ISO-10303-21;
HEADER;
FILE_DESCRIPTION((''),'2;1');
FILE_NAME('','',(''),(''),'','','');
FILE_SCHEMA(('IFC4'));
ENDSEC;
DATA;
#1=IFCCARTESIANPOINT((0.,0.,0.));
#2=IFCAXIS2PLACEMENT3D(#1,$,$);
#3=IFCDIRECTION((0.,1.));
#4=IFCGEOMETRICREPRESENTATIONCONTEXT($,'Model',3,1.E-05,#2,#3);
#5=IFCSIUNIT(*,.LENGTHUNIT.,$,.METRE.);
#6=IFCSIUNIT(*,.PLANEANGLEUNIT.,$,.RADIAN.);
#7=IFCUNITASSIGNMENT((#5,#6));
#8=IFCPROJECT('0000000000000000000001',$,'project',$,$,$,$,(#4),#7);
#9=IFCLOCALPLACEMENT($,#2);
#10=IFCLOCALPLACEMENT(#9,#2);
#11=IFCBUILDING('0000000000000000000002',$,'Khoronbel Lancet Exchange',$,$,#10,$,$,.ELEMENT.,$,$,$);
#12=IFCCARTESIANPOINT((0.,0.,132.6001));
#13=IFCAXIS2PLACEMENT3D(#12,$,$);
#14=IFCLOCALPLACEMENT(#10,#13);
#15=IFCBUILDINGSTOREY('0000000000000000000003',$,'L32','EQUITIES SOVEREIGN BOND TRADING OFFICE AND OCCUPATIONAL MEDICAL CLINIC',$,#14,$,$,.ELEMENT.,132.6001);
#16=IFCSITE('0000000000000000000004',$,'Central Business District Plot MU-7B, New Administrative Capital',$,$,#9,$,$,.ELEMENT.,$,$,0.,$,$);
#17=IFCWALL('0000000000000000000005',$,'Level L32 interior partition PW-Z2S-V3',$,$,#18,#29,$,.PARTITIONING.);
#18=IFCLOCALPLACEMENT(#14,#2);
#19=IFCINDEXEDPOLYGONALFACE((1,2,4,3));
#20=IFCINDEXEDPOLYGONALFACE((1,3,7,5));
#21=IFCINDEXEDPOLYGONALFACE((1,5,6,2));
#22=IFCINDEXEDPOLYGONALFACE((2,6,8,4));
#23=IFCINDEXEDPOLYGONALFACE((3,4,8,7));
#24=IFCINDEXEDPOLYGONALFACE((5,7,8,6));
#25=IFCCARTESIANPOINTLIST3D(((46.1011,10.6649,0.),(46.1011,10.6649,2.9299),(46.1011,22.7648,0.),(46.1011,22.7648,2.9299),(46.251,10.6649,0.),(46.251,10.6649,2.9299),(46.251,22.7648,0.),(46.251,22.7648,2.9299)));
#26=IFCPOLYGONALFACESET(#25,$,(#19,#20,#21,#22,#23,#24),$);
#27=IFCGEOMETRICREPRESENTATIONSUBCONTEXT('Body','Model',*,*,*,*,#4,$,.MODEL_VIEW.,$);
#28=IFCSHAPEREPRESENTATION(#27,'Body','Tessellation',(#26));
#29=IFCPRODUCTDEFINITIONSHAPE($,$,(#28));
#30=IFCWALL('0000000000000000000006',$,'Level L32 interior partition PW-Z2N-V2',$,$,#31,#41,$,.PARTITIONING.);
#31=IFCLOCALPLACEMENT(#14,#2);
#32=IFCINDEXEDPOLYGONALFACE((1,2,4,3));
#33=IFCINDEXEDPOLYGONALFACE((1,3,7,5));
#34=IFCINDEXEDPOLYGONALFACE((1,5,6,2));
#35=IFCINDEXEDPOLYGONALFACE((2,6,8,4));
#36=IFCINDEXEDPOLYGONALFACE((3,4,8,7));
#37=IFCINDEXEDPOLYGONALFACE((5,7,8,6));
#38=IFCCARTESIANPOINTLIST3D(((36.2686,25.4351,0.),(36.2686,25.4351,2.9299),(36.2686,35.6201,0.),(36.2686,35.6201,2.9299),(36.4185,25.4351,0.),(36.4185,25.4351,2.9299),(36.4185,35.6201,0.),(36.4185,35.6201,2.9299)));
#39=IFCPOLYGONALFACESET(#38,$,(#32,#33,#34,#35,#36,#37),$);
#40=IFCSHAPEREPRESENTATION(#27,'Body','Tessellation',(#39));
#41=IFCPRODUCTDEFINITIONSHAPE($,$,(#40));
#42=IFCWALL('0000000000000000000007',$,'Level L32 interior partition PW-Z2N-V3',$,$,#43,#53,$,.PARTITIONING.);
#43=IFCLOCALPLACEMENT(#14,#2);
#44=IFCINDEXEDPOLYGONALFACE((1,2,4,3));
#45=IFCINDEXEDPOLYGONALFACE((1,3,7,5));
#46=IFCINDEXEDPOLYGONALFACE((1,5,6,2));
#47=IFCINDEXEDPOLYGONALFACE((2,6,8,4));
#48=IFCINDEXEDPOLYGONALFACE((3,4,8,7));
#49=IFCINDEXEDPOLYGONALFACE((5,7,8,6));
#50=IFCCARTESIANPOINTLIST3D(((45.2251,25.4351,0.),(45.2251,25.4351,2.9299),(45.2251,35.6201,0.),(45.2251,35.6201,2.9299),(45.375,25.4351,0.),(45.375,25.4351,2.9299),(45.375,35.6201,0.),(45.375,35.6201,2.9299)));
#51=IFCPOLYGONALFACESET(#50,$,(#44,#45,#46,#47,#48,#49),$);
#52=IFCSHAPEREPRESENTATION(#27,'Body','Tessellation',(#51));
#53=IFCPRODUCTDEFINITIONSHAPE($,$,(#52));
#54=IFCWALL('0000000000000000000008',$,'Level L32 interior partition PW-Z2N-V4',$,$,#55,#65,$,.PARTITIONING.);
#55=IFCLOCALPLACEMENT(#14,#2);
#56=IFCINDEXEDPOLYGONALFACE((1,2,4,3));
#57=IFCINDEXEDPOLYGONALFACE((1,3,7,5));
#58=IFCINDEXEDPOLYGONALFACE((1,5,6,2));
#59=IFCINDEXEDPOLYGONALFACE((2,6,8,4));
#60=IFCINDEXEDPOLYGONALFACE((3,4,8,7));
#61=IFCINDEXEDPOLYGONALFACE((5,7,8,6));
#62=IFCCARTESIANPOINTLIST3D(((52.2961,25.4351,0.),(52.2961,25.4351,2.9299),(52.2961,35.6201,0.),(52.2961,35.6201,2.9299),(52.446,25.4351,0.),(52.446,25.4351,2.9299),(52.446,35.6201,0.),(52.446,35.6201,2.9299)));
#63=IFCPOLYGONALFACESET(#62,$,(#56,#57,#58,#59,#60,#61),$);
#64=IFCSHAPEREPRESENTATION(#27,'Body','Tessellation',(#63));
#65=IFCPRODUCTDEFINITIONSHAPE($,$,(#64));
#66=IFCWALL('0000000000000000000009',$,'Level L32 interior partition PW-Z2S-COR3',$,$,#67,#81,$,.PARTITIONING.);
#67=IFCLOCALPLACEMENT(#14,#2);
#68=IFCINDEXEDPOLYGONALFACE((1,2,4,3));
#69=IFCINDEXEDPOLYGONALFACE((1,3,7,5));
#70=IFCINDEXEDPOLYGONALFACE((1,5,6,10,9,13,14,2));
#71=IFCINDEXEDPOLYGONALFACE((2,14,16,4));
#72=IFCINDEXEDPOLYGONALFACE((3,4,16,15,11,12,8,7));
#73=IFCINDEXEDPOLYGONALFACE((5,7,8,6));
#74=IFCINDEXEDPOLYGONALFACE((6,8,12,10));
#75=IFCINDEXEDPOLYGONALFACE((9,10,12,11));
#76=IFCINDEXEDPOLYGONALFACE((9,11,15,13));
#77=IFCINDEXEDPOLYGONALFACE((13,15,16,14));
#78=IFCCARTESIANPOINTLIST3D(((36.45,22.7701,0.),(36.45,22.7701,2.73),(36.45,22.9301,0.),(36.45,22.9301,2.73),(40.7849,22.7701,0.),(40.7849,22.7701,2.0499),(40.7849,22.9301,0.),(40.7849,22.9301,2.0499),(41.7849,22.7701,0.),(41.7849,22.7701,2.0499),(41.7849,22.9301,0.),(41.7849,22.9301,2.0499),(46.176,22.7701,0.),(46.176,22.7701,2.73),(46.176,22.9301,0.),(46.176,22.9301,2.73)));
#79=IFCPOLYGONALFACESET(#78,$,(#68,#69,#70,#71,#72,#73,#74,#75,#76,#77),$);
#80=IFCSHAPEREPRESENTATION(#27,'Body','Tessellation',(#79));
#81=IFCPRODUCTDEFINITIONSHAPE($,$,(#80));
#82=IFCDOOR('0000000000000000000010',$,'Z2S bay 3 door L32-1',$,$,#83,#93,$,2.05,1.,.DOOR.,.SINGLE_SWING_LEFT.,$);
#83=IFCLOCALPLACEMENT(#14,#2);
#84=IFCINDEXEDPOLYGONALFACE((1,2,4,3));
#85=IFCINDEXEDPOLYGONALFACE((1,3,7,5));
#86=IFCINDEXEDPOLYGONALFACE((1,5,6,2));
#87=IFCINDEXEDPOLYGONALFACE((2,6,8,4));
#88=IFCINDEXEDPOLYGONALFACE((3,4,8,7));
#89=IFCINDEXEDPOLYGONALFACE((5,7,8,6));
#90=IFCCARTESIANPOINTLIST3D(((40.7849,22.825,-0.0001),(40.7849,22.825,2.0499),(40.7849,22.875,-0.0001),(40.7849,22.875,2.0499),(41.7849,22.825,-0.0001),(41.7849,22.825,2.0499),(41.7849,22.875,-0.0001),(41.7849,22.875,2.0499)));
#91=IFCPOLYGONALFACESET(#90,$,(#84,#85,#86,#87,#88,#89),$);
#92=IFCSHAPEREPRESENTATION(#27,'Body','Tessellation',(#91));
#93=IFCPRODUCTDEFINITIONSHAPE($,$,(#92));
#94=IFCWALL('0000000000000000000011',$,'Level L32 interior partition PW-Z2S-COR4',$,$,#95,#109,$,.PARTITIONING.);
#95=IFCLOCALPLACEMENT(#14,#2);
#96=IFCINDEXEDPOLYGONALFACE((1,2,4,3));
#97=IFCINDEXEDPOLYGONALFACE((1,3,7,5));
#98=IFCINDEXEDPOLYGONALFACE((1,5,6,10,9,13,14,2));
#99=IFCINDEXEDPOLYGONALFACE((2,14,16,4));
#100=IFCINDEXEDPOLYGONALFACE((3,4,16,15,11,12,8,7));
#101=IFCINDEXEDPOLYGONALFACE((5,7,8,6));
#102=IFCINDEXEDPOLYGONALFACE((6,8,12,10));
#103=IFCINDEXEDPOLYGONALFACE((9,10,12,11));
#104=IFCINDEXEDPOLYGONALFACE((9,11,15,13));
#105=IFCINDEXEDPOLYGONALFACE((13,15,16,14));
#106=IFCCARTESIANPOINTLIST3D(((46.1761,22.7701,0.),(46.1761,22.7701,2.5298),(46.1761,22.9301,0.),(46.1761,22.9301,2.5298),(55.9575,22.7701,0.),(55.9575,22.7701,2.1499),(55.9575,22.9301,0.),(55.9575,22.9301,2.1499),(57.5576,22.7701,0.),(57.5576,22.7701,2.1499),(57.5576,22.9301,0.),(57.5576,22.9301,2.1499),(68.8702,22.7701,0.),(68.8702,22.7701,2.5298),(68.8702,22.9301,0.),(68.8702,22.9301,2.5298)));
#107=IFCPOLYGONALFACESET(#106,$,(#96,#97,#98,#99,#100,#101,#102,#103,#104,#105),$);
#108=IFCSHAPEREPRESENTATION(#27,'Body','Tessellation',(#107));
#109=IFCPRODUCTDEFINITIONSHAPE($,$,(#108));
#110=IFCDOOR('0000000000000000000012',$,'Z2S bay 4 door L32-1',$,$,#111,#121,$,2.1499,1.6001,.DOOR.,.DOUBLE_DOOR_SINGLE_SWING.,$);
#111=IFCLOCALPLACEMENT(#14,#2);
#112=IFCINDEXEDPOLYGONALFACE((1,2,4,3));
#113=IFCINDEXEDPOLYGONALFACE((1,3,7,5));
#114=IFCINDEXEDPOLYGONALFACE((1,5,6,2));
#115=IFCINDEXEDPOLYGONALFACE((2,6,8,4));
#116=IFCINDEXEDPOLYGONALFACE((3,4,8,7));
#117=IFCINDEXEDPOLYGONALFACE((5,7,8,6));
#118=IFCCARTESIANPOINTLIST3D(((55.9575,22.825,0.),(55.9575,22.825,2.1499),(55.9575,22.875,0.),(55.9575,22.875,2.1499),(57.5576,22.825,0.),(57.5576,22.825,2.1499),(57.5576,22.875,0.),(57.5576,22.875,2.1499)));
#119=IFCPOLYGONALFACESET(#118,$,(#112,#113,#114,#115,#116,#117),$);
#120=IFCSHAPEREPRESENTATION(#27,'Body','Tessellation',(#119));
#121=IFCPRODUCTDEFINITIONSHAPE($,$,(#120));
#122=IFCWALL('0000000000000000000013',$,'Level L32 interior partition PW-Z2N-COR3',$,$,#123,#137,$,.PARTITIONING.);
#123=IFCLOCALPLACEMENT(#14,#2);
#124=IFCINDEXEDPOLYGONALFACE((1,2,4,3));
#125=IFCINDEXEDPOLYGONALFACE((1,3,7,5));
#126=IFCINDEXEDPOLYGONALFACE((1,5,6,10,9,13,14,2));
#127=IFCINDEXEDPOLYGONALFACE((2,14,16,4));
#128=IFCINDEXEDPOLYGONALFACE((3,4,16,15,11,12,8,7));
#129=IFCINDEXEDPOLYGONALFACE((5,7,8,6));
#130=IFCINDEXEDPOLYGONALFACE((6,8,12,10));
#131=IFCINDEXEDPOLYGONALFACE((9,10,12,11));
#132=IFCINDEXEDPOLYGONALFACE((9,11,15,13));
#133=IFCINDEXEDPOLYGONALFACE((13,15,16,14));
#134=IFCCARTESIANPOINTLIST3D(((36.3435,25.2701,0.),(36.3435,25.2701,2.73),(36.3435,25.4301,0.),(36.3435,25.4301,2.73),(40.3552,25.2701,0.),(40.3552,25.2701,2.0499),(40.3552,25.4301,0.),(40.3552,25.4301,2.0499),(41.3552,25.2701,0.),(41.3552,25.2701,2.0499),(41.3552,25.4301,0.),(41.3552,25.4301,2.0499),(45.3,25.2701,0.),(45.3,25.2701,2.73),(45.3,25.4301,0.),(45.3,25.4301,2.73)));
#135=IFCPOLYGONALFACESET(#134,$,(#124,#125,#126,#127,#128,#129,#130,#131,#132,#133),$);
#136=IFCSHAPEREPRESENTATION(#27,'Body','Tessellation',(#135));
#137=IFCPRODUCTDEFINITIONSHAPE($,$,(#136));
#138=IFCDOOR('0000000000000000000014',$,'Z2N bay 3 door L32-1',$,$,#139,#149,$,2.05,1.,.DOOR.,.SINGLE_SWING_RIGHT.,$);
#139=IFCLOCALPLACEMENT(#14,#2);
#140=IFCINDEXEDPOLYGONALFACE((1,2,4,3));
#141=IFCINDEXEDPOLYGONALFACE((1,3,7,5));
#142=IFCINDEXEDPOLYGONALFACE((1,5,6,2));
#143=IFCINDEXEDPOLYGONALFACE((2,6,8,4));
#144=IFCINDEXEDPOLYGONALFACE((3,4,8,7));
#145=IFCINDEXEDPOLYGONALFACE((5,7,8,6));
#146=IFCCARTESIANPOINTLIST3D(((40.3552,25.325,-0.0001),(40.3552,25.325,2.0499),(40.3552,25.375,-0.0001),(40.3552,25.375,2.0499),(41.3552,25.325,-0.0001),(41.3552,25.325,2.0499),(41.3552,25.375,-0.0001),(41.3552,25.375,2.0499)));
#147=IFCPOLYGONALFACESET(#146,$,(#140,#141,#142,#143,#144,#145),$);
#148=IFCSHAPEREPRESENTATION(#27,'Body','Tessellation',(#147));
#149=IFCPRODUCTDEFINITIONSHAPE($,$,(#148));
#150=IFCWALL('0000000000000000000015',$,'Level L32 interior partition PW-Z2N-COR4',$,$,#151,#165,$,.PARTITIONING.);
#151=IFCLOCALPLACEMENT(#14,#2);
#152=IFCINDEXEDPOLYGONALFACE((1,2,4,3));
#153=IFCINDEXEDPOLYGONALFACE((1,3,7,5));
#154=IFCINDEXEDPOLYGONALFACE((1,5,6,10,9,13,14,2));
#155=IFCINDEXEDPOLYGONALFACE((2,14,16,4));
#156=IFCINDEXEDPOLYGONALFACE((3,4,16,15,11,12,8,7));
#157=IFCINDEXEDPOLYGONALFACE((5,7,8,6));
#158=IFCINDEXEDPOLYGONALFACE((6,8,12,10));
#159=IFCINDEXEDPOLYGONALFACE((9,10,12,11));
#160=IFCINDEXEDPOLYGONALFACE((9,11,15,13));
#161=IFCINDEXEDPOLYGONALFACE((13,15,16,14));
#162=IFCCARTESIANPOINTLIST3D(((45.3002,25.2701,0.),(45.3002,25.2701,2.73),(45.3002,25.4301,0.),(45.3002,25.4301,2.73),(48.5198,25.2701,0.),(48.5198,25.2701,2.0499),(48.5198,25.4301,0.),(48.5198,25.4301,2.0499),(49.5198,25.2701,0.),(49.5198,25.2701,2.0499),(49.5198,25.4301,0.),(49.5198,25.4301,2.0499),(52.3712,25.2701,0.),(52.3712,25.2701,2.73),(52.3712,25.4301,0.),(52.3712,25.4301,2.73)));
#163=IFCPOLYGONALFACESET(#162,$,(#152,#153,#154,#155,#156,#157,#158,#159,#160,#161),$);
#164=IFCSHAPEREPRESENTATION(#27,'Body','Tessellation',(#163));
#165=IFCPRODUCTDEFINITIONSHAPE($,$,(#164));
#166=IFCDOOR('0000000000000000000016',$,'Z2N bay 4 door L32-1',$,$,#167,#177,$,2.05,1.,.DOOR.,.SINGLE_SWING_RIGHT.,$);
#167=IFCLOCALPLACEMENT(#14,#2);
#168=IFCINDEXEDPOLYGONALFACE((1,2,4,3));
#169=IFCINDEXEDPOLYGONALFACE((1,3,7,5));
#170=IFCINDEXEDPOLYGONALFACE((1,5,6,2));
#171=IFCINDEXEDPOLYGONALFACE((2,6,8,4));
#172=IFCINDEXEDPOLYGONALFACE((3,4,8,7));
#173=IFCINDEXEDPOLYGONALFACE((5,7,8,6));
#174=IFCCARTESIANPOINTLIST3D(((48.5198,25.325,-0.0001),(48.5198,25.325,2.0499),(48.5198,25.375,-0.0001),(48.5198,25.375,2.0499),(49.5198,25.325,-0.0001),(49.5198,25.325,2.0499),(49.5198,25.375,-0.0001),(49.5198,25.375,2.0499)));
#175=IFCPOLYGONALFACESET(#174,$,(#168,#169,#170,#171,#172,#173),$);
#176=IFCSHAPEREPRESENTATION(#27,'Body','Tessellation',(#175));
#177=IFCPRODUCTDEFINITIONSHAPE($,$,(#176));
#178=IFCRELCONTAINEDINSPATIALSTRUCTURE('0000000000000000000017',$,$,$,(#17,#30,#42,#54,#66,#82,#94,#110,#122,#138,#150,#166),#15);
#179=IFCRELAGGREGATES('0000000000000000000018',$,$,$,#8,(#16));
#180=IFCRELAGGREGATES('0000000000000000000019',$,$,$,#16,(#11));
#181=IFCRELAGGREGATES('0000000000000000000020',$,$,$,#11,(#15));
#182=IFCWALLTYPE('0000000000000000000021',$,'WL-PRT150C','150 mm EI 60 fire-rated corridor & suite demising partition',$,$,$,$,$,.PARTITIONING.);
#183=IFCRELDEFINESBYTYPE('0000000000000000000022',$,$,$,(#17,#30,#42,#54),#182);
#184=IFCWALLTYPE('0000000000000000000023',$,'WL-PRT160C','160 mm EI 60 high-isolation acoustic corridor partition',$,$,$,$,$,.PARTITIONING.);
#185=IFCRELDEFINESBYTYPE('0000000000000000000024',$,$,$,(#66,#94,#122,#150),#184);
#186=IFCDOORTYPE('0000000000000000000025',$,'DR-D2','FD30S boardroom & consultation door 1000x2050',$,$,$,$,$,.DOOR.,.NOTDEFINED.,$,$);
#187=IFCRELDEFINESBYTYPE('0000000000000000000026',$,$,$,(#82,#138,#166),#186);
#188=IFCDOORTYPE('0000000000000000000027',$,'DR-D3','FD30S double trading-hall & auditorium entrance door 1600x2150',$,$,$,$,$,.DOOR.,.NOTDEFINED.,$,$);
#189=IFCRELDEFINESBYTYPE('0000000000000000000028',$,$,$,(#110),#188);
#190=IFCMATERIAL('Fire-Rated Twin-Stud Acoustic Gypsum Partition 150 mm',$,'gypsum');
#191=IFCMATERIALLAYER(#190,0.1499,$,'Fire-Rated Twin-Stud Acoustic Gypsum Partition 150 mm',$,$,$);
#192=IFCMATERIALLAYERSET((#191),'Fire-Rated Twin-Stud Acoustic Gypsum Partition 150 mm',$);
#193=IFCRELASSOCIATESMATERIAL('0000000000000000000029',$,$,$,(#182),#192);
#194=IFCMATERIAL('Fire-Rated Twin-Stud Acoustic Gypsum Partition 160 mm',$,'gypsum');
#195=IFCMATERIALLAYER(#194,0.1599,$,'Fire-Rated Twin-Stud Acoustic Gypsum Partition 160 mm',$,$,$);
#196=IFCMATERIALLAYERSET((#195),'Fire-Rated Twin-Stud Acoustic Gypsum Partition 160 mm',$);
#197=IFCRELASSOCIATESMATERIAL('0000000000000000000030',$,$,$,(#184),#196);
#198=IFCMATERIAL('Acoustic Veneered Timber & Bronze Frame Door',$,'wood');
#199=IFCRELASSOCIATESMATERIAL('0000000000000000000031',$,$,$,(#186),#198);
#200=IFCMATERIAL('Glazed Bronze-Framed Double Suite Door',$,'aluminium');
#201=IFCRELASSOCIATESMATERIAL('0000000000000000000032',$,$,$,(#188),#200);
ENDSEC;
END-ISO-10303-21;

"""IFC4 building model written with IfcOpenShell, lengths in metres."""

from ifc_helpers import new_model, si_unit, direction, frame, frame_2d, origin, place, context, subcontext, project, spatial, rectangle, extrude, material, layer, layer_set, type_object, element, fill, save


model = new_model("IFC4")

# Units and contexts
model_context = context("Model", 3, precision=1e-05, world=origin(), true_north=direction((0.0, 1.0)))
body_context = subcontext(model_context, "Body", "Model", "MODEL_VIEW")
ifc_project = project(units=[si_unit("LENGTHUNIT", "METRE"), si_unit("PLANEANGLEUNIT", "RADIAN")], contexts=[model_context])

# Site, building, storey
site_placement = place(None, origin())
site = spatial("IfcSite", under=ifc_project, at=site_placement, Name="Central Business District Plot MU-7B, New Administrative Capital", CompositionType="ELEMENT", RefElevation=0.0)
building_placement = place(site_placement, origin())
building = spatial("IfcBuilding", under=site, at=building_placement, Name="Khoronbel Lancet Exchange", CompositionType="ELEMENT")
storey_placement = place(building_placement, frame((0.0, 0.0, 132.6001)))
storey = spatial("IfcBuildingStorey", under=building, at=storey_placement, Name="L32", Description="EQUITIES SOVEREIGN BOND TRADING OFFICE AND OCCUPATIONAL MEDICAL CLINIC", CompositionType="ELEMENT", Elevation=132.6001)

# Walls
ifc_material_1 = material(Name="Fire-Rated Twin-Stud Acoustic Gypsum Partition 150 mm", Category="gypsum")
ifc_layer_1 = layer(ifc_material_1, 0.1499, Name="Fire-Rated Twin-Stud Acoustic Gypsum Partition 150 mm")
ifc_layer_set_1 = layer_set([ifc_layer_1], Name="Fire-Rated Twin-Stud Acoustic Gypsum Partition 150 mm")
wall_type_1 = type_object("IfcWallType", Name="WL-PRT150C", Description="150 mm EI 60 fire-rated corridor & suite demising partition", PredefinedType="PARTITIONING", material=ifc_layer_set_1)
wall_1_placement = place(storey_placement, frame((46.176, 10.665, 0.0), z_axis=(0.0, 0.0, 1.0), x_axis=(0.0, 1.0, 0.0)))
element("IfcWall", 1, at=wall_1_placement, inside=storey, type_object=wall_type_1, Name="Level L32 interior partition PW-Z2S-V3", PredefinedType="PARTITIONING", context=body_context, shape_type="SweptSolid", body=[
    extrude(rectangle(XDim=12.0999, YDim=0.1499, at=frame_2d((6.0498, 0.0))), origin(), (0.0, 0.0, 1.0), 2.9299),
])
for number, where, z_axis, x_axis, name in (
    (2, (36.3435, 25.4351, 0.0), (0.0, 0.0, 1.0), (0.0, 1.0, 0.0), "Level L32 interior partition PW-Z2N-V2"),
    (3, (45.3, 25.4351, 0.0), (0.0, 0.0, 1.0), (0.0, 1.0, 0.0), "Level L32 interior partition PW-Z2N-V3"),
    (4, (52.3711, 25.4351, 0.0), (0.0, 0.0, 1.0), (0.0, 1.0, 0.0), "Level L32 interior partition PW-Z2N-V4"),
):
    element("IfcWall", number, at=place(storey_placement, frame(where, z_axis=z_axis, x_axis=x_axis)), inside=storey, type_object=wall_type_1, Name=name, PredefinedType="PARTITIONING", context=body_context, shape_type="SweptSolid", body=[
        extrude(rectangle(XDim=10.1851, YDim=0.1499, at=frame_2d((5.0925, 0.0))), origin(), (0.0, 0.0, 1.0), 2.9299),
    ])

# Walls, openings, doors
ifc_material_2 = material(Name="Fire-Rated Twin-Stud Acoustic Gypsum Partition 160 mm", Category="gypsum")
ifc_layer_2 = layer(ifc_material_2, 0.1599, Name="Fire-Rated Twin-Stud Acoustic Gypsum Partition 160 mm")
ifc_layer_set_2 = layer_set([ifc_layer_2], Name="Fire-Rated Twin-Stud Acoustic Gypsum Partition 160 mm")
wall_type_2 = type_object("IfcWallType", Name="WL-PRT160C", Description="160 mm EI 60 high-isolation acoustic corridor partition", PredefinedType="PARTITIONING", material=ifc_layer_set_2)
wall_2_placement = place(storey_placement, frame((36.45, 22.8501, 0.0), z_axis=(0.0, 0.0, 1.0), x_axis=(1.0, 0.0, 0.0)))
wall_2 = element("IfcWall", 5, at=wall_2_placement, inside=storey, type_object=wall_type_2, Name="Level L32 interior partition PW-Z2S-COR3", PredefinedType="PARTITIONING", context=body_context, shape_type="SweptSolid", body=[
    extrude(rectangle(XDim=9.7261, YDim=0.1599, at=frame_2d((4.863, 0.0))), origin(), (0.0, 0.0, 1.0), 2.73),
])
opening_1_placement = place(wall_2_placement, frame((4.335, 0.0, 0.0)))
opening_1 = element("IfcOpeningElement", 6, at=opening_1_placement, cuts=wall_2, PredefinedType="OPENING", context=body_context, shape_type="SweptSolid", body=[
    extrude(rectangle(XDim=1.0, YDim=2.05, at=frame_2d((0.5, 1.0249))), frame((0.0, 0.0898, 0.0), z_axis=(0.0, -1.0, 0.0), x_axis=(1.0, 0.0, 0.0)), (0.0, 0.0, 1.0), 0.1799),
])
ifc_material_3 = material(Name="Acoustic Veneered Timber & Bronze Frame Door", Category="wood")
door_type_1 = type_object("IfcDoorType", Name="DR-D2", Description="FD30S boardroom & consultation door 1000x2050", OperationType="NOTDEFINED", PredefinedType="DOOR", material=ifc_material_3)
door_1_placement = place(opening_1_placement, origin())
door_1 = element("IfcDoor", 7, at=door_1_placement, inside=storey, type_object=door_type_1, Name="Z2S bay 3 door L32-1", OperationType="SINGLE_SWING_LEFT", OverallHeight=2.05, OverallWidth=1.0, PredefinedType="DOOR", context=body_context, shape_type="SweptSolid", body=[
    extrude(rectangle(XDim=1.0, YDim=2.05, at=frame_2d((0.5, 1.0249))), frame((0.0, 0.0249, 0.0), z_axis=(0.0, -1.0, 0.0), x_axis=(1.0, 0.0, 0.0)), (0.0, 0.0, 1.0), 0.05),
])
fill(opening_1, door_1)
wall_3_placement = place(storey_placement, frame((46.176, 22.8501, 0.0), z_axis=(0.0, 0.0, 1.0), x_axis=(1.0, 0.0, 0.0)))
wall_3 = element("IfcWall", 8, at=wall_3_placement, inside=storey, type_object=wall_type_2, Name="Level L32 interior partition PW-Z2S-COR4", PredefinedType="PARTITIONING", context=body_context, shape_type="SweptSolid", body=[
    extrude(rectangle(XDim=22.6941, YDim=0.1599, at=frame_2d((11.3472, 0.0))), origin(), (0.0, 0.0, 1.0), 2.5298),
])
opening_2_placement = place(wall_3_placement, frame((9.7815, 0.0, 0.0)))
opening_2 = element("IfcOpeningElement", 9, at=opening_2_placement, cuts=wall_3, PredefinedType="OPENING", context=body_context, shape_type="SweptSolid", body=[
    extrude(rectangle(XDim=1.6001, YDim=2.1499, at=frame_2d((0.8, 1.075))), frame((0.0, 0.0898, 0.0), z_axis=(0.0, -1.0, 0.0), x_axis=(1.0, 0.0, 0.0)), (0.0, 0.0, 1.0), 0.1799),
])
ifc_material_4 = material(Name="Glazed Bronze-Framed Double Suite Door", Category="aluminium")
door_type_2 = type_object("IfcDoorType", Name="DR-D3", Description="FD30S double trading-hall & auditorium entrance door 1600x2150", OperationType="NOTDEFINED", PredefinedType="DOOR", material=ifc_material_4)
door_2_placement = place(opening_2_placement, origin())
door_2 = element("IfcDoor", 10, at=door_2_placement, inside=storey, type_object=door_type_2, Name="Z2S bay 4 door L32-1", OperationType="DOUBLE_DOOR_SINGLE_SWING", OverallHeight=2.1499, OverallWidth=1.6001, PredefinedType="DOOR", context=body_context, shape_type="SweptSolid", body=[
    extrude(rectangle(XDim=1.6001, YDim=2.1499, at=frame_2d((0.8, 1.075))), frame((0.0, 0.0249, 0.0), z_axis=(0.0, -1.0, 0.0), x_axis=(1.0, 0.0, 0.0)), (0.0, 0.0, 1.0), 0.05),
])
fill(opening_2, door_2)
wall_4_placement = place(storey_placement, frame((36.3435, 25.3501, 0.0), z_axis=(0.0, 0.0, 1.0), x_axis=(1.0, 0.0, 0.0)))
wall_4 = element("IfcWall", 11, at=wall_4_placement, inside=storey, type_object=wall_type_2, Name="Level L32 interior partition PW-Z2N-COR3", PredefinedType="PARTITIONING", context=body_context, shape_type="SweptSolid", body=[
    extrude(rectangle(XDim=8.9565, YDim=0.1599, at=frame_2d((4.4783, 0.0))), origin(), (0.0, 0.0, 1.0), 2.73),
])
opening_3_placement = place(wall_4_placement, frame((4.0117, 0.0, 0.0)))
opening_3 = element("IfcOpeningElement", 12, at=opening_3_placement, cuts=wall_4, PredefinedType="OPENING", context=body_context, shape_type="SweptSolid", body=[
    extrude(rectangle(XDim=1.0, YDim=2.05, at=frame_2d((0.5, 1.0249))), frame((0.0, 0.0898, 0.0), z_axis=(0.0, -1.0, 0.0), x_axis=(1.0, 0.0, 0.0)), (0.0, 0.0, 1.0), 0.1799),
])
door_3_placement = place(opening_3_placement, origin())
door_3 = element("IfcDoor", 13, at=door_3_placement, inside=storey, type_object=door_type_1, Name="Z2N bay 3 door L32-1", OperationType="SINGLE_SWING_RIGHT", OverallHeight=2.05, OverallWidth=1.0, PredefinedType="DOOR", context=body_context, shape_type="SweptSolid", body=[
    extrude(rectangle(XDim=1.0, YDim=2.05, at=frame_2d((0.5, 1.0249))), frame((0.0, 0.0249, 0.0), z_axis=(0.0, -1.0, 0.0), x_axis=(1.0, 0.0, 0.0)), (0.0, 0.0, 1.0), 0.05),
])
fill(opening_3, door_3)
wall_5_placement = place(storey_placement, frame((45.3, 25.3501, 0.0), z_axis=(0.0, 0.0, 1.0), x_axis=(1.0, 0.0, 0.0)))
wall_5 = element("IfcWall", 14, at=wall_5_placement, inside=storey, type_object=wall_type_2, Name="Level L32 interior partition PW-Z2N-COR4", PredefinedType="PARTITIONING", context=body_context, shape_type="SweptSolid", body=[
    extrude(rectangle(XDim=7.071, YDim=0.1599, at=frame_2d((3.5356, 0.0))), origin(), (0.0, 0.0, 1.0), 2.73),
])
opening_4_placement = place(wall_5_placement, frame((3.2197, 0.0, 0.0)))
opening_4 = element("IfcOpeningElement", 15, at=opening_4_placement, cuts=wall_5, PredefinedType="OPENING", context=body_context, shape_type="SweptSolid", body=[
    extrude(rectangle(XDim=1.0, YDim=2.05, at=frame_2d((0.5, 1.0249))), frame((0.0, 0.0898, 0.0), z_axis=(0.0, -1.0, 0.0), x_axis=(1.0, 0.0, 0.0)), (0.0, 0.0, 1.0), 0.1799),
])
door_4_placement = place(opening_4_placement, origin())
door_4 = element("IfcDoor", 16, at=door_4_placement, inside=storey, type_object=door_type_1, Name="Z2N bay 4 door L32-1", OperationType="SINGLE_SWING_RIGHT", OverallHeight=2.05, OverallWidth=1.0, PredefinedType="DOOR", context=body_context, shape_type="SweptSolid", body=[
    extrude(rectangle(XDim=1.0, YDim=2.05, at=frame_2d((0.5, 1.0249))), frame((0.0, 0.0249, 0.0), z_axis=(0.0, -1.0, 0.0), x_axis=(1.0, 0.0, 0.0)), (0.0, 0.0, 1.0), 0.05),
])
fill(opening_4, door_4)

save(model, "model.ifc")
